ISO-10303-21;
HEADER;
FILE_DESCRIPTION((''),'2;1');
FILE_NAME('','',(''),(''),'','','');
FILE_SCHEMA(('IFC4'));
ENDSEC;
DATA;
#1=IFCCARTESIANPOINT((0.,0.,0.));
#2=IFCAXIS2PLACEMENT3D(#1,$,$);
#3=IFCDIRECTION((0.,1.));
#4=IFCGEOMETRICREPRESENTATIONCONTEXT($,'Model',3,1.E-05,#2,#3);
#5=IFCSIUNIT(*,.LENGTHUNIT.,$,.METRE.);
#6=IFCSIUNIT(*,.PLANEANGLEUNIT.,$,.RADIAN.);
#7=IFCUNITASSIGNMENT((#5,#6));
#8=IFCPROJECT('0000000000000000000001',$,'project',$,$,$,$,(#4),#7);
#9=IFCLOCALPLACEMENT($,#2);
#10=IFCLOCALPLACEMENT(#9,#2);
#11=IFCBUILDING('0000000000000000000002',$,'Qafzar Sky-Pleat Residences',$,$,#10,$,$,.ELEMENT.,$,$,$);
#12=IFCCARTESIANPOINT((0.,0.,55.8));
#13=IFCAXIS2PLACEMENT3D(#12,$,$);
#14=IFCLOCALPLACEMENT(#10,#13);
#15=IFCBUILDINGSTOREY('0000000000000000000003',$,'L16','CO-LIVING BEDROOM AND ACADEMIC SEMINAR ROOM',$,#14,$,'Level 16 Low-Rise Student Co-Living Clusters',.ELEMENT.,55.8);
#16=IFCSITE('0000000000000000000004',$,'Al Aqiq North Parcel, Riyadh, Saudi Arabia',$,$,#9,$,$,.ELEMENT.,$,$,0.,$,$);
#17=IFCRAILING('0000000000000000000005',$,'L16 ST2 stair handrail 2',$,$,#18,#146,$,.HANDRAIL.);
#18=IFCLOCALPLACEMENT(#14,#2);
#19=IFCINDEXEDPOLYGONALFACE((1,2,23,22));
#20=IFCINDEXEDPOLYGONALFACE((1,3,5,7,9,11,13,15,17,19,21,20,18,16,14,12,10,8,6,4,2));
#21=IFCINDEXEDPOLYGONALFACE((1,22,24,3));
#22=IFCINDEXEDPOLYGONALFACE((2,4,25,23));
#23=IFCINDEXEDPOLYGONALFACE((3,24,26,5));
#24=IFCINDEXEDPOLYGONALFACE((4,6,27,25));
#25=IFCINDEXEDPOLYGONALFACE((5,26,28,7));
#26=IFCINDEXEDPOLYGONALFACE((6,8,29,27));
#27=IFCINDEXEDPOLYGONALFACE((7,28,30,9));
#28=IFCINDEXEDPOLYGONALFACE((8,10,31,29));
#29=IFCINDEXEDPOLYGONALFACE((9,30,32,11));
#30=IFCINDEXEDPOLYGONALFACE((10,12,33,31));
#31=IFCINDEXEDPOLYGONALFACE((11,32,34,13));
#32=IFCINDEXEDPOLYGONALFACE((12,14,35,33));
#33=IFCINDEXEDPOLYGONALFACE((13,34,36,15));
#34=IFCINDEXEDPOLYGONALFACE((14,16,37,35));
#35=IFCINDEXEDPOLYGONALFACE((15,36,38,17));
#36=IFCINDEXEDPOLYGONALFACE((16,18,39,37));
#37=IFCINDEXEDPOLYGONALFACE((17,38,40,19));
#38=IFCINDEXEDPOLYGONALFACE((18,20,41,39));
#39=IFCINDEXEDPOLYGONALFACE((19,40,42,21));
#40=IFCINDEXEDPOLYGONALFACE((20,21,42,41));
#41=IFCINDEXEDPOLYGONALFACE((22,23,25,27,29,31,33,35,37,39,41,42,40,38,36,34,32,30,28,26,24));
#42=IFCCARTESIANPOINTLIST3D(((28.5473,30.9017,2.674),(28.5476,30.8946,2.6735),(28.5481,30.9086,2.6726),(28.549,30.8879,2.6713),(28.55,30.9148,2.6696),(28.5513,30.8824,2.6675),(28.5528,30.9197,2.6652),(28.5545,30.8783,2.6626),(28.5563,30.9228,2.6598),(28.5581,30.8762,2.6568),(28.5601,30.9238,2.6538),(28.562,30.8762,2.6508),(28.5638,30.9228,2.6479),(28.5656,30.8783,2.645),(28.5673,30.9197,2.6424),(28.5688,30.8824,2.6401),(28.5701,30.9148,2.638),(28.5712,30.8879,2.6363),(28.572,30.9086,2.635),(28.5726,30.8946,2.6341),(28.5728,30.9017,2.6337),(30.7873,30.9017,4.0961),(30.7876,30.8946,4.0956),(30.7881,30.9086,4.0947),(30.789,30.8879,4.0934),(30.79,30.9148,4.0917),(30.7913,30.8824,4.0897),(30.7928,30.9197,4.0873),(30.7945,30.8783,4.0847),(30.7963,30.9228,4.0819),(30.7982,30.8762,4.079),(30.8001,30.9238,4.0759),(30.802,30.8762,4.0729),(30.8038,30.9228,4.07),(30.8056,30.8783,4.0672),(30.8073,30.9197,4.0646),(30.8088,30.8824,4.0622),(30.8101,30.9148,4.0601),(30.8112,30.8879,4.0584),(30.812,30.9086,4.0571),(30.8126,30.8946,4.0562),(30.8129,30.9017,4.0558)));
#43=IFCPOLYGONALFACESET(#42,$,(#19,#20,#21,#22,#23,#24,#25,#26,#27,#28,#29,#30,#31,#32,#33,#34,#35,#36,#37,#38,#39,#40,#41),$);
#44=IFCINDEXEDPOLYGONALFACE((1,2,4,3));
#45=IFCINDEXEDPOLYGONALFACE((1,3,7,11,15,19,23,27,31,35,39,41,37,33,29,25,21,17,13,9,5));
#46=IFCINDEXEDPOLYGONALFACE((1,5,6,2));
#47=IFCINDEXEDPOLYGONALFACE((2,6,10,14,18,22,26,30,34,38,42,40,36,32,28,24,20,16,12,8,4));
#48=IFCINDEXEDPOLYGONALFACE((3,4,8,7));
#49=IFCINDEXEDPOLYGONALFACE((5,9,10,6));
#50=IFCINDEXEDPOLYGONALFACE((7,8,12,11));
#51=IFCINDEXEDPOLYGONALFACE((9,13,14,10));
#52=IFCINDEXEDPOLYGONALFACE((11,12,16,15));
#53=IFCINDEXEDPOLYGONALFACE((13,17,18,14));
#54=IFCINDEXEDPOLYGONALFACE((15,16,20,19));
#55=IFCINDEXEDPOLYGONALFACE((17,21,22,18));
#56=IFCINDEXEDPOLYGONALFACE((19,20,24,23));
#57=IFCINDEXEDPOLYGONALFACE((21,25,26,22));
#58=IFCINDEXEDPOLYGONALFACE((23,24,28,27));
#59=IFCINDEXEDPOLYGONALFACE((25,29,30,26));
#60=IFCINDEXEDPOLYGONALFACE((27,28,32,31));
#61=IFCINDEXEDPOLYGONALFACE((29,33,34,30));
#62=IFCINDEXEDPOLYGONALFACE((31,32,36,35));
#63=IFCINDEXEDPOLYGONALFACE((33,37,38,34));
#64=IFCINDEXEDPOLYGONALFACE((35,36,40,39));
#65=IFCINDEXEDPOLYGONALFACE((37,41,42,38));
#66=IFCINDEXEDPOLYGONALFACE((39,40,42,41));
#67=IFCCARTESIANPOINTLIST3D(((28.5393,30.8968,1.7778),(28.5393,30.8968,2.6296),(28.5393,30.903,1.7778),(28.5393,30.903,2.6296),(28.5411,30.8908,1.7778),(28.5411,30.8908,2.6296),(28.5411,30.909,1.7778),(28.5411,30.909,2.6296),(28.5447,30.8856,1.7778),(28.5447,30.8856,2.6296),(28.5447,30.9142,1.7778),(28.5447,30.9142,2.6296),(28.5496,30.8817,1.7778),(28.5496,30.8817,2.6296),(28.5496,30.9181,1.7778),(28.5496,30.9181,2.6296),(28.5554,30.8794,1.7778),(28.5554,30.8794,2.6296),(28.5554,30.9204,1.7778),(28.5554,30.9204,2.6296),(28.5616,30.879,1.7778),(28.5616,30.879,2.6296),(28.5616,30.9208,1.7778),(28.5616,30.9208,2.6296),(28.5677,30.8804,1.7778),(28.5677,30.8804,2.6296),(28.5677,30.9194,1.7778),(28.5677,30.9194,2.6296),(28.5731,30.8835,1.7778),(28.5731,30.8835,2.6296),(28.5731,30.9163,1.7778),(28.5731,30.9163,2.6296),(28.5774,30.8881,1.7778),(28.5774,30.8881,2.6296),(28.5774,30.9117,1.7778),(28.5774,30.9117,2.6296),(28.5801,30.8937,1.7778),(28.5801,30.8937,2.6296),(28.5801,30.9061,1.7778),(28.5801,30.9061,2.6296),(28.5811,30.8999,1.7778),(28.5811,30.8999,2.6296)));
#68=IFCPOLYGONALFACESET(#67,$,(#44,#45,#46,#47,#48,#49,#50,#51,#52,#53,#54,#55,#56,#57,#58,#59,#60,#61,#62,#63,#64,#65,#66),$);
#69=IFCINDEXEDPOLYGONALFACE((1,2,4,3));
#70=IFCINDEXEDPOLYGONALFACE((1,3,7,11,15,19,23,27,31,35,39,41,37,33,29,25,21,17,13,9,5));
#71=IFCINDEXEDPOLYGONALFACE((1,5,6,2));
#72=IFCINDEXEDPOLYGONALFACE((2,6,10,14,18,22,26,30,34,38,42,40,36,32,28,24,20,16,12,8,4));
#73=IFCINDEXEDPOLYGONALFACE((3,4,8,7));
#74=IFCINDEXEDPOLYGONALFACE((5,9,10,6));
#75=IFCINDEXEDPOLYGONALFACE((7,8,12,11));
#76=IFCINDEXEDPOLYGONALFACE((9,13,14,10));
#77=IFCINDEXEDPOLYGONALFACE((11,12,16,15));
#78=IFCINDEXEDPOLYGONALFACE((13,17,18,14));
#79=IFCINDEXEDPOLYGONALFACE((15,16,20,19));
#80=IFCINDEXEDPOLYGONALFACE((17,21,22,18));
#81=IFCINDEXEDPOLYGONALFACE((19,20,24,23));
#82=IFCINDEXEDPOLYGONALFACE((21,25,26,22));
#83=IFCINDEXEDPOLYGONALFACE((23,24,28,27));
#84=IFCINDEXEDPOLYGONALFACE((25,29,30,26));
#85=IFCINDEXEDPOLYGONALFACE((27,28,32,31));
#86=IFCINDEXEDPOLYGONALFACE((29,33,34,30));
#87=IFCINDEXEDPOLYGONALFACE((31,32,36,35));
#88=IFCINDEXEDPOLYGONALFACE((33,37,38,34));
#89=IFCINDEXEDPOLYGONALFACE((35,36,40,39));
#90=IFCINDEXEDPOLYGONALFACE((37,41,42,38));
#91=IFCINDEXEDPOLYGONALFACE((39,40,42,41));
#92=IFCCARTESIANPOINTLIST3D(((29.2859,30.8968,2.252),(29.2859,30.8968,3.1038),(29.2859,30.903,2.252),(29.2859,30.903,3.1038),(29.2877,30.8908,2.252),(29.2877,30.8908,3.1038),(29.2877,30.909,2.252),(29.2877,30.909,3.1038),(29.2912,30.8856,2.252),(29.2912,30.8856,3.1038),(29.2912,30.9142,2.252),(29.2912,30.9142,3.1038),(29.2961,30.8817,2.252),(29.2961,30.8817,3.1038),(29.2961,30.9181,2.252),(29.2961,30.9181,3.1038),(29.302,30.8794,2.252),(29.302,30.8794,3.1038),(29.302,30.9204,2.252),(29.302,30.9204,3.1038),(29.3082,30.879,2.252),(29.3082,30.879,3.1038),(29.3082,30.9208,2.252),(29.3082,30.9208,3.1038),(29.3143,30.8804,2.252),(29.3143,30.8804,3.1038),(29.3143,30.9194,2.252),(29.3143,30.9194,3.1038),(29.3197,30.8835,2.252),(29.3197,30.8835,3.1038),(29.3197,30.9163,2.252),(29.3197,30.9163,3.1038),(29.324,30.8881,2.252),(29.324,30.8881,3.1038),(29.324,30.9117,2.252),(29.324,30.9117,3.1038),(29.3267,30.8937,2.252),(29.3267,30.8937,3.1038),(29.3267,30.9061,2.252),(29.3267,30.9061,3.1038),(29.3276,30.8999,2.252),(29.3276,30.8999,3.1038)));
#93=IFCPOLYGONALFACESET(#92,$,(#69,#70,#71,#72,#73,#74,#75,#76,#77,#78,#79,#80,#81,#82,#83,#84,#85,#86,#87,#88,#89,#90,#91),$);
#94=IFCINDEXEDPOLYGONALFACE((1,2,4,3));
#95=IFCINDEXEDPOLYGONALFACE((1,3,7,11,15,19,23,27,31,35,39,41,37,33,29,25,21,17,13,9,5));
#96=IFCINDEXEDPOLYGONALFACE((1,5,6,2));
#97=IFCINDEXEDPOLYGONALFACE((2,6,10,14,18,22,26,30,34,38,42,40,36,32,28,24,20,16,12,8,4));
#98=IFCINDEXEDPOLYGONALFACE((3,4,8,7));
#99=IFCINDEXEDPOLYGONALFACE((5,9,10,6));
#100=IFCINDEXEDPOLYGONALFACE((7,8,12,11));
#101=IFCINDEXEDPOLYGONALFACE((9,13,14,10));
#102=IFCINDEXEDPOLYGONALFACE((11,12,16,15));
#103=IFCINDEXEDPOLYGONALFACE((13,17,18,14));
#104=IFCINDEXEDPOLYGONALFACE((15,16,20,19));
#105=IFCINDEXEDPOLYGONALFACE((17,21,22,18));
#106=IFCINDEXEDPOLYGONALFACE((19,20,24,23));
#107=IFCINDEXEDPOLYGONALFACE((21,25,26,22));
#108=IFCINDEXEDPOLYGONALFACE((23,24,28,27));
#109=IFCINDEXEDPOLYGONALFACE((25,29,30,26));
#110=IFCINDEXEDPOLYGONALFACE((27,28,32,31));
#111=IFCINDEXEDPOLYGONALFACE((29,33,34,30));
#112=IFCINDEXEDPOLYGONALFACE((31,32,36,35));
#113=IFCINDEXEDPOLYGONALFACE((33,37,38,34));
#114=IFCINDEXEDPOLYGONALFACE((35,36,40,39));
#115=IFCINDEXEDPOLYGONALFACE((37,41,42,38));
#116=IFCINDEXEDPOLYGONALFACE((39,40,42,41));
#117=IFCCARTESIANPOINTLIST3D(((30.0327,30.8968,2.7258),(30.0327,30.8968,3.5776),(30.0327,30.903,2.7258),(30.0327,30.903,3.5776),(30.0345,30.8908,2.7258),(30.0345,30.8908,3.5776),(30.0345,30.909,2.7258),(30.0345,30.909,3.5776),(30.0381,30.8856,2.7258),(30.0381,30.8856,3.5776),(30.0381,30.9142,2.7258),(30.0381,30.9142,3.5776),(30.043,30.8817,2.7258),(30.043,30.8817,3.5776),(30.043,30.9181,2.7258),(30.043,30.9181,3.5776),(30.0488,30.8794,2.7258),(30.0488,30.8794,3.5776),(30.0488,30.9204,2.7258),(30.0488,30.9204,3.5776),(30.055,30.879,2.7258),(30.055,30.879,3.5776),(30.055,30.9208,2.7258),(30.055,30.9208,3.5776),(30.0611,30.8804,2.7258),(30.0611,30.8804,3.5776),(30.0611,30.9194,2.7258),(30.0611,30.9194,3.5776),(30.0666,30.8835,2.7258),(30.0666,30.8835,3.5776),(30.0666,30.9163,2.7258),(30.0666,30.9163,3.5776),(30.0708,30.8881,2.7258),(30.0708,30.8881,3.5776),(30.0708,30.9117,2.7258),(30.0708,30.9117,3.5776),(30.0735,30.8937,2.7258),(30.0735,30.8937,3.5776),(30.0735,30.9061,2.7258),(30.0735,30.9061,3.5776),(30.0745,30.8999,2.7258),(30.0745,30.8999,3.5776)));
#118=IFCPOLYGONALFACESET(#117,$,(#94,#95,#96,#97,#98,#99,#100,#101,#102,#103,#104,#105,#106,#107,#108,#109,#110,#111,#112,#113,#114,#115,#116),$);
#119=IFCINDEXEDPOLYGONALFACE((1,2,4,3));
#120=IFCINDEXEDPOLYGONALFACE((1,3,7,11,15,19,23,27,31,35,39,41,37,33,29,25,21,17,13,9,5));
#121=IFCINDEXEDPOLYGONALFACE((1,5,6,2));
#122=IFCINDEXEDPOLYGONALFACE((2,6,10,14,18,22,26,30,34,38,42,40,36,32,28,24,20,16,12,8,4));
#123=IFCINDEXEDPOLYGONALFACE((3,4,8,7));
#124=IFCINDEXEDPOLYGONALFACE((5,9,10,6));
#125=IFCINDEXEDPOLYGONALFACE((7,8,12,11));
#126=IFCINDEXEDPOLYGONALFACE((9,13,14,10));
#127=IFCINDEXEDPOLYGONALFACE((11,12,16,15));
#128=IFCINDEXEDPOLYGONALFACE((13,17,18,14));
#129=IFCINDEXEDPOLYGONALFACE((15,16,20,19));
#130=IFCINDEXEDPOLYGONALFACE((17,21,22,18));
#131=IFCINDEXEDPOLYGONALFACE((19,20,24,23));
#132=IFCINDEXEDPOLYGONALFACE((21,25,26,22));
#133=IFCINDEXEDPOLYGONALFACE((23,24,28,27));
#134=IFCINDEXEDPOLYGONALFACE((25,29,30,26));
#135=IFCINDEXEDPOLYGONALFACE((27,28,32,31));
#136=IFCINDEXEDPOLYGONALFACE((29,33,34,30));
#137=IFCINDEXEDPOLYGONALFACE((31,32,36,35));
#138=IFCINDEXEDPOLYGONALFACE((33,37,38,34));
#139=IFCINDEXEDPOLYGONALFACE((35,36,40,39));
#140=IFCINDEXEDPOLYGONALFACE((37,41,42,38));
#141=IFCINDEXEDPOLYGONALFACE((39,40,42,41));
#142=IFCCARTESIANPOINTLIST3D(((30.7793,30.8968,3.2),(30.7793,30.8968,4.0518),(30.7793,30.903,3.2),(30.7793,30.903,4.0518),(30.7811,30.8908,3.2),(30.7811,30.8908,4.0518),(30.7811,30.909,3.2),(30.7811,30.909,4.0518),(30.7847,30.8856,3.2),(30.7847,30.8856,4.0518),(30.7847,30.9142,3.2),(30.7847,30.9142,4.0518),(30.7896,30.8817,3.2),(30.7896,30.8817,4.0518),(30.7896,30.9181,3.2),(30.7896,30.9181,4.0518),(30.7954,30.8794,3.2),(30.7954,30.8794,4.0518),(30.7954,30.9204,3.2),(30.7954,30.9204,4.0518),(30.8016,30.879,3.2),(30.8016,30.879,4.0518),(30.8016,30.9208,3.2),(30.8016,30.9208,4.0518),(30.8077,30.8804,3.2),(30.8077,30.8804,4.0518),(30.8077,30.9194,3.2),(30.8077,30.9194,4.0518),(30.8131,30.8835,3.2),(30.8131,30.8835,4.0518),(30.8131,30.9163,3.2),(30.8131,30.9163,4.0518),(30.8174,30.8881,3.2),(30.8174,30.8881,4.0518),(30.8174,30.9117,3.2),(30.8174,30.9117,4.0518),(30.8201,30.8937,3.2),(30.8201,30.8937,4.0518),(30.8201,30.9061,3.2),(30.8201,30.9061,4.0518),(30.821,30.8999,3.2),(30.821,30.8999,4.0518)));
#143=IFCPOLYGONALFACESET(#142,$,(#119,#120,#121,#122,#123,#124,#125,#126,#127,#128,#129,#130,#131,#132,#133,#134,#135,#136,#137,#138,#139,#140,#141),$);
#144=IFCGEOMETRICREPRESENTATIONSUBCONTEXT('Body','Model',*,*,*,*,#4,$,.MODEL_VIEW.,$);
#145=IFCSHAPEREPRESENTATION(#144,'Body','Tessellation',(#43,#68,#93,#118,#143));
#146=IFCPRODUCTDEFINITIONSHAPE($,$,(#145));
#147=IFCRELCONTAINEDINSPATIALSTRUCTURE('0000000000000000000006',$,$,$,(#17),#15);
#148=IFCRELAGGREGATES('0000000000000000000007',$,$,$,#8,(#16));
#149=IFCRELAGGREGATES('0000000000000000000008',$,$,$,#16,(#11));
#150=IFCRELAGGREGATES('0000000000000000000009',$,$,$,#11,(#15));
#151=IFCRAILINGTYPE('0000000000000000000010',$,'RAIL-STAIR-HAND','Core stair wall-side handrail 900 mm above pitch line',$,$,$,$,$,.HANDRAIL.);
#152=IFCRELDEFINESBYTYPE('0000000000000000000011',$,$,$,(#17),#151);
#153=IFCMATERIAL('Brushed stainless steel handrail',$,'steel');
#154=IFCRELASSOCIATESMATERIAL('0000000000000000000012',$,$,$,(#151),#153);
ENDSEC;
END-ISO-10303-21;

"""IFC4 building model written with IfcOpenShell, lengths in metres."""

from ifc_helpers import new_model, si_unit, direction, frame, origin, origin_2d, place, context, subcontext, project, spatial, circle, extrude, source, transform, mapped, material, type_object, element, save


model = new_model("IFC4")

# Units and contexts
model_context = context("Model", 3, precision=1e-05, world=origin(), true_north=direction((0.0, 1.0)))
body_context = subcontext(model_context, "Body", "Model", "MODEL_VIEW")
ifc_project = project(units=[si_unit("LENGTHUNIT", "METRE"), si_unit("PLANEANGLEUNIT", "RADIAN")], contexts=[model_context])

# Site, building, storey
site_placement = place(None, origin())
site = spatial("IfcSite", under=ifc_project, at=site_placement, Name="Al Aqiq North Parcel, Riyadh, Saudi Arabia", CompositionType="ELEMENT", RefElevation=0.0)
building_placement = place(site_placement, origin())
building = spatial("IfcBuilding", under=site, at=building_placement, Name="Qafzar Sky-Pleat Residences", CompositionType="ELEMENT")
storey_placement = place(building_placement, frame((0.0, 0.0, 55.8)))
storey = spatial("IfcBuildingStorey", under=building, at=storey_placement, Name="L16", Description="CO-LIVING BEDROOM AND ACADEMIC SEMINAR ROOM", LongName="Level 16 Low-Rise Student Co-Living Clusters", CompositionType="ELEMENT", Elevation=55.8)

# Railing
ifc_material_1 = material(Name="Brushed stainless steel handrail", Category="steel")
railing_type_1 = type_object("IfcRailingType", Name="RAIL-STAIR-HAND", Description="Core stair wall-side handrail 900 mm above pitch line", PredefinedType="HANDRAIL", material=ifc_material_1)
shared_shape_1 = source(origin(), body_context, "Body", "SweptSolid", [
    extrude(circle(Radius=0.0239, at=origin_2d()), frame((0.0, 0.0, 0.876), z_axis=(0.844229, 0.0, 0.535982), x_axis=(0.0, 1.0, 0.0)), (0.0, 0.0, 1.0), 2.6533),
    extrude(circle(Radius=0.021, at=origin_2d()), origin(), (0.0, 0.0, 1.0), 0.8518),
    extrude(circle(Radius=0.021, at=origin_2d()), frame((0.7466, 0.0, 0.4741)), (0.0, 0.0, 1.0), 0.8518),
    extrude(circle(Radius=0.021, at=origin_2d()), frame((1.4934, 0.0, 0.948)), (0.0, 0.0, 1.0), 0.8518),
    extrude(circle(Radius=0.021, at=origin_2d()), frame((2.24, 0.0, 1.4221)), (0.0, 0.0, 1.0), 0.8518),
])
railing_1_placement = place(storey_placement, frame((28.5601, 30.8999, 1.7778)))
element("IfcRailing", 1, at=railing_1_placement, inside=storey, type_object=railing_type_1, Name="L16 ST2 stair handrail 2", PredefinedType="HANDRAIL", context=body_context, shape_type="MappedRepresentation", body=[
    mapped(shared_shape_1, transform((0.0, 0.0, 0.0), x_axis=(1.0, 0.0, 0.0), y_axis=(0.0, 1.0, 0.0), z_axis=(0.0, 0.0, 1.0), scale=1.0)),
])

save(model, "model.ifc")
